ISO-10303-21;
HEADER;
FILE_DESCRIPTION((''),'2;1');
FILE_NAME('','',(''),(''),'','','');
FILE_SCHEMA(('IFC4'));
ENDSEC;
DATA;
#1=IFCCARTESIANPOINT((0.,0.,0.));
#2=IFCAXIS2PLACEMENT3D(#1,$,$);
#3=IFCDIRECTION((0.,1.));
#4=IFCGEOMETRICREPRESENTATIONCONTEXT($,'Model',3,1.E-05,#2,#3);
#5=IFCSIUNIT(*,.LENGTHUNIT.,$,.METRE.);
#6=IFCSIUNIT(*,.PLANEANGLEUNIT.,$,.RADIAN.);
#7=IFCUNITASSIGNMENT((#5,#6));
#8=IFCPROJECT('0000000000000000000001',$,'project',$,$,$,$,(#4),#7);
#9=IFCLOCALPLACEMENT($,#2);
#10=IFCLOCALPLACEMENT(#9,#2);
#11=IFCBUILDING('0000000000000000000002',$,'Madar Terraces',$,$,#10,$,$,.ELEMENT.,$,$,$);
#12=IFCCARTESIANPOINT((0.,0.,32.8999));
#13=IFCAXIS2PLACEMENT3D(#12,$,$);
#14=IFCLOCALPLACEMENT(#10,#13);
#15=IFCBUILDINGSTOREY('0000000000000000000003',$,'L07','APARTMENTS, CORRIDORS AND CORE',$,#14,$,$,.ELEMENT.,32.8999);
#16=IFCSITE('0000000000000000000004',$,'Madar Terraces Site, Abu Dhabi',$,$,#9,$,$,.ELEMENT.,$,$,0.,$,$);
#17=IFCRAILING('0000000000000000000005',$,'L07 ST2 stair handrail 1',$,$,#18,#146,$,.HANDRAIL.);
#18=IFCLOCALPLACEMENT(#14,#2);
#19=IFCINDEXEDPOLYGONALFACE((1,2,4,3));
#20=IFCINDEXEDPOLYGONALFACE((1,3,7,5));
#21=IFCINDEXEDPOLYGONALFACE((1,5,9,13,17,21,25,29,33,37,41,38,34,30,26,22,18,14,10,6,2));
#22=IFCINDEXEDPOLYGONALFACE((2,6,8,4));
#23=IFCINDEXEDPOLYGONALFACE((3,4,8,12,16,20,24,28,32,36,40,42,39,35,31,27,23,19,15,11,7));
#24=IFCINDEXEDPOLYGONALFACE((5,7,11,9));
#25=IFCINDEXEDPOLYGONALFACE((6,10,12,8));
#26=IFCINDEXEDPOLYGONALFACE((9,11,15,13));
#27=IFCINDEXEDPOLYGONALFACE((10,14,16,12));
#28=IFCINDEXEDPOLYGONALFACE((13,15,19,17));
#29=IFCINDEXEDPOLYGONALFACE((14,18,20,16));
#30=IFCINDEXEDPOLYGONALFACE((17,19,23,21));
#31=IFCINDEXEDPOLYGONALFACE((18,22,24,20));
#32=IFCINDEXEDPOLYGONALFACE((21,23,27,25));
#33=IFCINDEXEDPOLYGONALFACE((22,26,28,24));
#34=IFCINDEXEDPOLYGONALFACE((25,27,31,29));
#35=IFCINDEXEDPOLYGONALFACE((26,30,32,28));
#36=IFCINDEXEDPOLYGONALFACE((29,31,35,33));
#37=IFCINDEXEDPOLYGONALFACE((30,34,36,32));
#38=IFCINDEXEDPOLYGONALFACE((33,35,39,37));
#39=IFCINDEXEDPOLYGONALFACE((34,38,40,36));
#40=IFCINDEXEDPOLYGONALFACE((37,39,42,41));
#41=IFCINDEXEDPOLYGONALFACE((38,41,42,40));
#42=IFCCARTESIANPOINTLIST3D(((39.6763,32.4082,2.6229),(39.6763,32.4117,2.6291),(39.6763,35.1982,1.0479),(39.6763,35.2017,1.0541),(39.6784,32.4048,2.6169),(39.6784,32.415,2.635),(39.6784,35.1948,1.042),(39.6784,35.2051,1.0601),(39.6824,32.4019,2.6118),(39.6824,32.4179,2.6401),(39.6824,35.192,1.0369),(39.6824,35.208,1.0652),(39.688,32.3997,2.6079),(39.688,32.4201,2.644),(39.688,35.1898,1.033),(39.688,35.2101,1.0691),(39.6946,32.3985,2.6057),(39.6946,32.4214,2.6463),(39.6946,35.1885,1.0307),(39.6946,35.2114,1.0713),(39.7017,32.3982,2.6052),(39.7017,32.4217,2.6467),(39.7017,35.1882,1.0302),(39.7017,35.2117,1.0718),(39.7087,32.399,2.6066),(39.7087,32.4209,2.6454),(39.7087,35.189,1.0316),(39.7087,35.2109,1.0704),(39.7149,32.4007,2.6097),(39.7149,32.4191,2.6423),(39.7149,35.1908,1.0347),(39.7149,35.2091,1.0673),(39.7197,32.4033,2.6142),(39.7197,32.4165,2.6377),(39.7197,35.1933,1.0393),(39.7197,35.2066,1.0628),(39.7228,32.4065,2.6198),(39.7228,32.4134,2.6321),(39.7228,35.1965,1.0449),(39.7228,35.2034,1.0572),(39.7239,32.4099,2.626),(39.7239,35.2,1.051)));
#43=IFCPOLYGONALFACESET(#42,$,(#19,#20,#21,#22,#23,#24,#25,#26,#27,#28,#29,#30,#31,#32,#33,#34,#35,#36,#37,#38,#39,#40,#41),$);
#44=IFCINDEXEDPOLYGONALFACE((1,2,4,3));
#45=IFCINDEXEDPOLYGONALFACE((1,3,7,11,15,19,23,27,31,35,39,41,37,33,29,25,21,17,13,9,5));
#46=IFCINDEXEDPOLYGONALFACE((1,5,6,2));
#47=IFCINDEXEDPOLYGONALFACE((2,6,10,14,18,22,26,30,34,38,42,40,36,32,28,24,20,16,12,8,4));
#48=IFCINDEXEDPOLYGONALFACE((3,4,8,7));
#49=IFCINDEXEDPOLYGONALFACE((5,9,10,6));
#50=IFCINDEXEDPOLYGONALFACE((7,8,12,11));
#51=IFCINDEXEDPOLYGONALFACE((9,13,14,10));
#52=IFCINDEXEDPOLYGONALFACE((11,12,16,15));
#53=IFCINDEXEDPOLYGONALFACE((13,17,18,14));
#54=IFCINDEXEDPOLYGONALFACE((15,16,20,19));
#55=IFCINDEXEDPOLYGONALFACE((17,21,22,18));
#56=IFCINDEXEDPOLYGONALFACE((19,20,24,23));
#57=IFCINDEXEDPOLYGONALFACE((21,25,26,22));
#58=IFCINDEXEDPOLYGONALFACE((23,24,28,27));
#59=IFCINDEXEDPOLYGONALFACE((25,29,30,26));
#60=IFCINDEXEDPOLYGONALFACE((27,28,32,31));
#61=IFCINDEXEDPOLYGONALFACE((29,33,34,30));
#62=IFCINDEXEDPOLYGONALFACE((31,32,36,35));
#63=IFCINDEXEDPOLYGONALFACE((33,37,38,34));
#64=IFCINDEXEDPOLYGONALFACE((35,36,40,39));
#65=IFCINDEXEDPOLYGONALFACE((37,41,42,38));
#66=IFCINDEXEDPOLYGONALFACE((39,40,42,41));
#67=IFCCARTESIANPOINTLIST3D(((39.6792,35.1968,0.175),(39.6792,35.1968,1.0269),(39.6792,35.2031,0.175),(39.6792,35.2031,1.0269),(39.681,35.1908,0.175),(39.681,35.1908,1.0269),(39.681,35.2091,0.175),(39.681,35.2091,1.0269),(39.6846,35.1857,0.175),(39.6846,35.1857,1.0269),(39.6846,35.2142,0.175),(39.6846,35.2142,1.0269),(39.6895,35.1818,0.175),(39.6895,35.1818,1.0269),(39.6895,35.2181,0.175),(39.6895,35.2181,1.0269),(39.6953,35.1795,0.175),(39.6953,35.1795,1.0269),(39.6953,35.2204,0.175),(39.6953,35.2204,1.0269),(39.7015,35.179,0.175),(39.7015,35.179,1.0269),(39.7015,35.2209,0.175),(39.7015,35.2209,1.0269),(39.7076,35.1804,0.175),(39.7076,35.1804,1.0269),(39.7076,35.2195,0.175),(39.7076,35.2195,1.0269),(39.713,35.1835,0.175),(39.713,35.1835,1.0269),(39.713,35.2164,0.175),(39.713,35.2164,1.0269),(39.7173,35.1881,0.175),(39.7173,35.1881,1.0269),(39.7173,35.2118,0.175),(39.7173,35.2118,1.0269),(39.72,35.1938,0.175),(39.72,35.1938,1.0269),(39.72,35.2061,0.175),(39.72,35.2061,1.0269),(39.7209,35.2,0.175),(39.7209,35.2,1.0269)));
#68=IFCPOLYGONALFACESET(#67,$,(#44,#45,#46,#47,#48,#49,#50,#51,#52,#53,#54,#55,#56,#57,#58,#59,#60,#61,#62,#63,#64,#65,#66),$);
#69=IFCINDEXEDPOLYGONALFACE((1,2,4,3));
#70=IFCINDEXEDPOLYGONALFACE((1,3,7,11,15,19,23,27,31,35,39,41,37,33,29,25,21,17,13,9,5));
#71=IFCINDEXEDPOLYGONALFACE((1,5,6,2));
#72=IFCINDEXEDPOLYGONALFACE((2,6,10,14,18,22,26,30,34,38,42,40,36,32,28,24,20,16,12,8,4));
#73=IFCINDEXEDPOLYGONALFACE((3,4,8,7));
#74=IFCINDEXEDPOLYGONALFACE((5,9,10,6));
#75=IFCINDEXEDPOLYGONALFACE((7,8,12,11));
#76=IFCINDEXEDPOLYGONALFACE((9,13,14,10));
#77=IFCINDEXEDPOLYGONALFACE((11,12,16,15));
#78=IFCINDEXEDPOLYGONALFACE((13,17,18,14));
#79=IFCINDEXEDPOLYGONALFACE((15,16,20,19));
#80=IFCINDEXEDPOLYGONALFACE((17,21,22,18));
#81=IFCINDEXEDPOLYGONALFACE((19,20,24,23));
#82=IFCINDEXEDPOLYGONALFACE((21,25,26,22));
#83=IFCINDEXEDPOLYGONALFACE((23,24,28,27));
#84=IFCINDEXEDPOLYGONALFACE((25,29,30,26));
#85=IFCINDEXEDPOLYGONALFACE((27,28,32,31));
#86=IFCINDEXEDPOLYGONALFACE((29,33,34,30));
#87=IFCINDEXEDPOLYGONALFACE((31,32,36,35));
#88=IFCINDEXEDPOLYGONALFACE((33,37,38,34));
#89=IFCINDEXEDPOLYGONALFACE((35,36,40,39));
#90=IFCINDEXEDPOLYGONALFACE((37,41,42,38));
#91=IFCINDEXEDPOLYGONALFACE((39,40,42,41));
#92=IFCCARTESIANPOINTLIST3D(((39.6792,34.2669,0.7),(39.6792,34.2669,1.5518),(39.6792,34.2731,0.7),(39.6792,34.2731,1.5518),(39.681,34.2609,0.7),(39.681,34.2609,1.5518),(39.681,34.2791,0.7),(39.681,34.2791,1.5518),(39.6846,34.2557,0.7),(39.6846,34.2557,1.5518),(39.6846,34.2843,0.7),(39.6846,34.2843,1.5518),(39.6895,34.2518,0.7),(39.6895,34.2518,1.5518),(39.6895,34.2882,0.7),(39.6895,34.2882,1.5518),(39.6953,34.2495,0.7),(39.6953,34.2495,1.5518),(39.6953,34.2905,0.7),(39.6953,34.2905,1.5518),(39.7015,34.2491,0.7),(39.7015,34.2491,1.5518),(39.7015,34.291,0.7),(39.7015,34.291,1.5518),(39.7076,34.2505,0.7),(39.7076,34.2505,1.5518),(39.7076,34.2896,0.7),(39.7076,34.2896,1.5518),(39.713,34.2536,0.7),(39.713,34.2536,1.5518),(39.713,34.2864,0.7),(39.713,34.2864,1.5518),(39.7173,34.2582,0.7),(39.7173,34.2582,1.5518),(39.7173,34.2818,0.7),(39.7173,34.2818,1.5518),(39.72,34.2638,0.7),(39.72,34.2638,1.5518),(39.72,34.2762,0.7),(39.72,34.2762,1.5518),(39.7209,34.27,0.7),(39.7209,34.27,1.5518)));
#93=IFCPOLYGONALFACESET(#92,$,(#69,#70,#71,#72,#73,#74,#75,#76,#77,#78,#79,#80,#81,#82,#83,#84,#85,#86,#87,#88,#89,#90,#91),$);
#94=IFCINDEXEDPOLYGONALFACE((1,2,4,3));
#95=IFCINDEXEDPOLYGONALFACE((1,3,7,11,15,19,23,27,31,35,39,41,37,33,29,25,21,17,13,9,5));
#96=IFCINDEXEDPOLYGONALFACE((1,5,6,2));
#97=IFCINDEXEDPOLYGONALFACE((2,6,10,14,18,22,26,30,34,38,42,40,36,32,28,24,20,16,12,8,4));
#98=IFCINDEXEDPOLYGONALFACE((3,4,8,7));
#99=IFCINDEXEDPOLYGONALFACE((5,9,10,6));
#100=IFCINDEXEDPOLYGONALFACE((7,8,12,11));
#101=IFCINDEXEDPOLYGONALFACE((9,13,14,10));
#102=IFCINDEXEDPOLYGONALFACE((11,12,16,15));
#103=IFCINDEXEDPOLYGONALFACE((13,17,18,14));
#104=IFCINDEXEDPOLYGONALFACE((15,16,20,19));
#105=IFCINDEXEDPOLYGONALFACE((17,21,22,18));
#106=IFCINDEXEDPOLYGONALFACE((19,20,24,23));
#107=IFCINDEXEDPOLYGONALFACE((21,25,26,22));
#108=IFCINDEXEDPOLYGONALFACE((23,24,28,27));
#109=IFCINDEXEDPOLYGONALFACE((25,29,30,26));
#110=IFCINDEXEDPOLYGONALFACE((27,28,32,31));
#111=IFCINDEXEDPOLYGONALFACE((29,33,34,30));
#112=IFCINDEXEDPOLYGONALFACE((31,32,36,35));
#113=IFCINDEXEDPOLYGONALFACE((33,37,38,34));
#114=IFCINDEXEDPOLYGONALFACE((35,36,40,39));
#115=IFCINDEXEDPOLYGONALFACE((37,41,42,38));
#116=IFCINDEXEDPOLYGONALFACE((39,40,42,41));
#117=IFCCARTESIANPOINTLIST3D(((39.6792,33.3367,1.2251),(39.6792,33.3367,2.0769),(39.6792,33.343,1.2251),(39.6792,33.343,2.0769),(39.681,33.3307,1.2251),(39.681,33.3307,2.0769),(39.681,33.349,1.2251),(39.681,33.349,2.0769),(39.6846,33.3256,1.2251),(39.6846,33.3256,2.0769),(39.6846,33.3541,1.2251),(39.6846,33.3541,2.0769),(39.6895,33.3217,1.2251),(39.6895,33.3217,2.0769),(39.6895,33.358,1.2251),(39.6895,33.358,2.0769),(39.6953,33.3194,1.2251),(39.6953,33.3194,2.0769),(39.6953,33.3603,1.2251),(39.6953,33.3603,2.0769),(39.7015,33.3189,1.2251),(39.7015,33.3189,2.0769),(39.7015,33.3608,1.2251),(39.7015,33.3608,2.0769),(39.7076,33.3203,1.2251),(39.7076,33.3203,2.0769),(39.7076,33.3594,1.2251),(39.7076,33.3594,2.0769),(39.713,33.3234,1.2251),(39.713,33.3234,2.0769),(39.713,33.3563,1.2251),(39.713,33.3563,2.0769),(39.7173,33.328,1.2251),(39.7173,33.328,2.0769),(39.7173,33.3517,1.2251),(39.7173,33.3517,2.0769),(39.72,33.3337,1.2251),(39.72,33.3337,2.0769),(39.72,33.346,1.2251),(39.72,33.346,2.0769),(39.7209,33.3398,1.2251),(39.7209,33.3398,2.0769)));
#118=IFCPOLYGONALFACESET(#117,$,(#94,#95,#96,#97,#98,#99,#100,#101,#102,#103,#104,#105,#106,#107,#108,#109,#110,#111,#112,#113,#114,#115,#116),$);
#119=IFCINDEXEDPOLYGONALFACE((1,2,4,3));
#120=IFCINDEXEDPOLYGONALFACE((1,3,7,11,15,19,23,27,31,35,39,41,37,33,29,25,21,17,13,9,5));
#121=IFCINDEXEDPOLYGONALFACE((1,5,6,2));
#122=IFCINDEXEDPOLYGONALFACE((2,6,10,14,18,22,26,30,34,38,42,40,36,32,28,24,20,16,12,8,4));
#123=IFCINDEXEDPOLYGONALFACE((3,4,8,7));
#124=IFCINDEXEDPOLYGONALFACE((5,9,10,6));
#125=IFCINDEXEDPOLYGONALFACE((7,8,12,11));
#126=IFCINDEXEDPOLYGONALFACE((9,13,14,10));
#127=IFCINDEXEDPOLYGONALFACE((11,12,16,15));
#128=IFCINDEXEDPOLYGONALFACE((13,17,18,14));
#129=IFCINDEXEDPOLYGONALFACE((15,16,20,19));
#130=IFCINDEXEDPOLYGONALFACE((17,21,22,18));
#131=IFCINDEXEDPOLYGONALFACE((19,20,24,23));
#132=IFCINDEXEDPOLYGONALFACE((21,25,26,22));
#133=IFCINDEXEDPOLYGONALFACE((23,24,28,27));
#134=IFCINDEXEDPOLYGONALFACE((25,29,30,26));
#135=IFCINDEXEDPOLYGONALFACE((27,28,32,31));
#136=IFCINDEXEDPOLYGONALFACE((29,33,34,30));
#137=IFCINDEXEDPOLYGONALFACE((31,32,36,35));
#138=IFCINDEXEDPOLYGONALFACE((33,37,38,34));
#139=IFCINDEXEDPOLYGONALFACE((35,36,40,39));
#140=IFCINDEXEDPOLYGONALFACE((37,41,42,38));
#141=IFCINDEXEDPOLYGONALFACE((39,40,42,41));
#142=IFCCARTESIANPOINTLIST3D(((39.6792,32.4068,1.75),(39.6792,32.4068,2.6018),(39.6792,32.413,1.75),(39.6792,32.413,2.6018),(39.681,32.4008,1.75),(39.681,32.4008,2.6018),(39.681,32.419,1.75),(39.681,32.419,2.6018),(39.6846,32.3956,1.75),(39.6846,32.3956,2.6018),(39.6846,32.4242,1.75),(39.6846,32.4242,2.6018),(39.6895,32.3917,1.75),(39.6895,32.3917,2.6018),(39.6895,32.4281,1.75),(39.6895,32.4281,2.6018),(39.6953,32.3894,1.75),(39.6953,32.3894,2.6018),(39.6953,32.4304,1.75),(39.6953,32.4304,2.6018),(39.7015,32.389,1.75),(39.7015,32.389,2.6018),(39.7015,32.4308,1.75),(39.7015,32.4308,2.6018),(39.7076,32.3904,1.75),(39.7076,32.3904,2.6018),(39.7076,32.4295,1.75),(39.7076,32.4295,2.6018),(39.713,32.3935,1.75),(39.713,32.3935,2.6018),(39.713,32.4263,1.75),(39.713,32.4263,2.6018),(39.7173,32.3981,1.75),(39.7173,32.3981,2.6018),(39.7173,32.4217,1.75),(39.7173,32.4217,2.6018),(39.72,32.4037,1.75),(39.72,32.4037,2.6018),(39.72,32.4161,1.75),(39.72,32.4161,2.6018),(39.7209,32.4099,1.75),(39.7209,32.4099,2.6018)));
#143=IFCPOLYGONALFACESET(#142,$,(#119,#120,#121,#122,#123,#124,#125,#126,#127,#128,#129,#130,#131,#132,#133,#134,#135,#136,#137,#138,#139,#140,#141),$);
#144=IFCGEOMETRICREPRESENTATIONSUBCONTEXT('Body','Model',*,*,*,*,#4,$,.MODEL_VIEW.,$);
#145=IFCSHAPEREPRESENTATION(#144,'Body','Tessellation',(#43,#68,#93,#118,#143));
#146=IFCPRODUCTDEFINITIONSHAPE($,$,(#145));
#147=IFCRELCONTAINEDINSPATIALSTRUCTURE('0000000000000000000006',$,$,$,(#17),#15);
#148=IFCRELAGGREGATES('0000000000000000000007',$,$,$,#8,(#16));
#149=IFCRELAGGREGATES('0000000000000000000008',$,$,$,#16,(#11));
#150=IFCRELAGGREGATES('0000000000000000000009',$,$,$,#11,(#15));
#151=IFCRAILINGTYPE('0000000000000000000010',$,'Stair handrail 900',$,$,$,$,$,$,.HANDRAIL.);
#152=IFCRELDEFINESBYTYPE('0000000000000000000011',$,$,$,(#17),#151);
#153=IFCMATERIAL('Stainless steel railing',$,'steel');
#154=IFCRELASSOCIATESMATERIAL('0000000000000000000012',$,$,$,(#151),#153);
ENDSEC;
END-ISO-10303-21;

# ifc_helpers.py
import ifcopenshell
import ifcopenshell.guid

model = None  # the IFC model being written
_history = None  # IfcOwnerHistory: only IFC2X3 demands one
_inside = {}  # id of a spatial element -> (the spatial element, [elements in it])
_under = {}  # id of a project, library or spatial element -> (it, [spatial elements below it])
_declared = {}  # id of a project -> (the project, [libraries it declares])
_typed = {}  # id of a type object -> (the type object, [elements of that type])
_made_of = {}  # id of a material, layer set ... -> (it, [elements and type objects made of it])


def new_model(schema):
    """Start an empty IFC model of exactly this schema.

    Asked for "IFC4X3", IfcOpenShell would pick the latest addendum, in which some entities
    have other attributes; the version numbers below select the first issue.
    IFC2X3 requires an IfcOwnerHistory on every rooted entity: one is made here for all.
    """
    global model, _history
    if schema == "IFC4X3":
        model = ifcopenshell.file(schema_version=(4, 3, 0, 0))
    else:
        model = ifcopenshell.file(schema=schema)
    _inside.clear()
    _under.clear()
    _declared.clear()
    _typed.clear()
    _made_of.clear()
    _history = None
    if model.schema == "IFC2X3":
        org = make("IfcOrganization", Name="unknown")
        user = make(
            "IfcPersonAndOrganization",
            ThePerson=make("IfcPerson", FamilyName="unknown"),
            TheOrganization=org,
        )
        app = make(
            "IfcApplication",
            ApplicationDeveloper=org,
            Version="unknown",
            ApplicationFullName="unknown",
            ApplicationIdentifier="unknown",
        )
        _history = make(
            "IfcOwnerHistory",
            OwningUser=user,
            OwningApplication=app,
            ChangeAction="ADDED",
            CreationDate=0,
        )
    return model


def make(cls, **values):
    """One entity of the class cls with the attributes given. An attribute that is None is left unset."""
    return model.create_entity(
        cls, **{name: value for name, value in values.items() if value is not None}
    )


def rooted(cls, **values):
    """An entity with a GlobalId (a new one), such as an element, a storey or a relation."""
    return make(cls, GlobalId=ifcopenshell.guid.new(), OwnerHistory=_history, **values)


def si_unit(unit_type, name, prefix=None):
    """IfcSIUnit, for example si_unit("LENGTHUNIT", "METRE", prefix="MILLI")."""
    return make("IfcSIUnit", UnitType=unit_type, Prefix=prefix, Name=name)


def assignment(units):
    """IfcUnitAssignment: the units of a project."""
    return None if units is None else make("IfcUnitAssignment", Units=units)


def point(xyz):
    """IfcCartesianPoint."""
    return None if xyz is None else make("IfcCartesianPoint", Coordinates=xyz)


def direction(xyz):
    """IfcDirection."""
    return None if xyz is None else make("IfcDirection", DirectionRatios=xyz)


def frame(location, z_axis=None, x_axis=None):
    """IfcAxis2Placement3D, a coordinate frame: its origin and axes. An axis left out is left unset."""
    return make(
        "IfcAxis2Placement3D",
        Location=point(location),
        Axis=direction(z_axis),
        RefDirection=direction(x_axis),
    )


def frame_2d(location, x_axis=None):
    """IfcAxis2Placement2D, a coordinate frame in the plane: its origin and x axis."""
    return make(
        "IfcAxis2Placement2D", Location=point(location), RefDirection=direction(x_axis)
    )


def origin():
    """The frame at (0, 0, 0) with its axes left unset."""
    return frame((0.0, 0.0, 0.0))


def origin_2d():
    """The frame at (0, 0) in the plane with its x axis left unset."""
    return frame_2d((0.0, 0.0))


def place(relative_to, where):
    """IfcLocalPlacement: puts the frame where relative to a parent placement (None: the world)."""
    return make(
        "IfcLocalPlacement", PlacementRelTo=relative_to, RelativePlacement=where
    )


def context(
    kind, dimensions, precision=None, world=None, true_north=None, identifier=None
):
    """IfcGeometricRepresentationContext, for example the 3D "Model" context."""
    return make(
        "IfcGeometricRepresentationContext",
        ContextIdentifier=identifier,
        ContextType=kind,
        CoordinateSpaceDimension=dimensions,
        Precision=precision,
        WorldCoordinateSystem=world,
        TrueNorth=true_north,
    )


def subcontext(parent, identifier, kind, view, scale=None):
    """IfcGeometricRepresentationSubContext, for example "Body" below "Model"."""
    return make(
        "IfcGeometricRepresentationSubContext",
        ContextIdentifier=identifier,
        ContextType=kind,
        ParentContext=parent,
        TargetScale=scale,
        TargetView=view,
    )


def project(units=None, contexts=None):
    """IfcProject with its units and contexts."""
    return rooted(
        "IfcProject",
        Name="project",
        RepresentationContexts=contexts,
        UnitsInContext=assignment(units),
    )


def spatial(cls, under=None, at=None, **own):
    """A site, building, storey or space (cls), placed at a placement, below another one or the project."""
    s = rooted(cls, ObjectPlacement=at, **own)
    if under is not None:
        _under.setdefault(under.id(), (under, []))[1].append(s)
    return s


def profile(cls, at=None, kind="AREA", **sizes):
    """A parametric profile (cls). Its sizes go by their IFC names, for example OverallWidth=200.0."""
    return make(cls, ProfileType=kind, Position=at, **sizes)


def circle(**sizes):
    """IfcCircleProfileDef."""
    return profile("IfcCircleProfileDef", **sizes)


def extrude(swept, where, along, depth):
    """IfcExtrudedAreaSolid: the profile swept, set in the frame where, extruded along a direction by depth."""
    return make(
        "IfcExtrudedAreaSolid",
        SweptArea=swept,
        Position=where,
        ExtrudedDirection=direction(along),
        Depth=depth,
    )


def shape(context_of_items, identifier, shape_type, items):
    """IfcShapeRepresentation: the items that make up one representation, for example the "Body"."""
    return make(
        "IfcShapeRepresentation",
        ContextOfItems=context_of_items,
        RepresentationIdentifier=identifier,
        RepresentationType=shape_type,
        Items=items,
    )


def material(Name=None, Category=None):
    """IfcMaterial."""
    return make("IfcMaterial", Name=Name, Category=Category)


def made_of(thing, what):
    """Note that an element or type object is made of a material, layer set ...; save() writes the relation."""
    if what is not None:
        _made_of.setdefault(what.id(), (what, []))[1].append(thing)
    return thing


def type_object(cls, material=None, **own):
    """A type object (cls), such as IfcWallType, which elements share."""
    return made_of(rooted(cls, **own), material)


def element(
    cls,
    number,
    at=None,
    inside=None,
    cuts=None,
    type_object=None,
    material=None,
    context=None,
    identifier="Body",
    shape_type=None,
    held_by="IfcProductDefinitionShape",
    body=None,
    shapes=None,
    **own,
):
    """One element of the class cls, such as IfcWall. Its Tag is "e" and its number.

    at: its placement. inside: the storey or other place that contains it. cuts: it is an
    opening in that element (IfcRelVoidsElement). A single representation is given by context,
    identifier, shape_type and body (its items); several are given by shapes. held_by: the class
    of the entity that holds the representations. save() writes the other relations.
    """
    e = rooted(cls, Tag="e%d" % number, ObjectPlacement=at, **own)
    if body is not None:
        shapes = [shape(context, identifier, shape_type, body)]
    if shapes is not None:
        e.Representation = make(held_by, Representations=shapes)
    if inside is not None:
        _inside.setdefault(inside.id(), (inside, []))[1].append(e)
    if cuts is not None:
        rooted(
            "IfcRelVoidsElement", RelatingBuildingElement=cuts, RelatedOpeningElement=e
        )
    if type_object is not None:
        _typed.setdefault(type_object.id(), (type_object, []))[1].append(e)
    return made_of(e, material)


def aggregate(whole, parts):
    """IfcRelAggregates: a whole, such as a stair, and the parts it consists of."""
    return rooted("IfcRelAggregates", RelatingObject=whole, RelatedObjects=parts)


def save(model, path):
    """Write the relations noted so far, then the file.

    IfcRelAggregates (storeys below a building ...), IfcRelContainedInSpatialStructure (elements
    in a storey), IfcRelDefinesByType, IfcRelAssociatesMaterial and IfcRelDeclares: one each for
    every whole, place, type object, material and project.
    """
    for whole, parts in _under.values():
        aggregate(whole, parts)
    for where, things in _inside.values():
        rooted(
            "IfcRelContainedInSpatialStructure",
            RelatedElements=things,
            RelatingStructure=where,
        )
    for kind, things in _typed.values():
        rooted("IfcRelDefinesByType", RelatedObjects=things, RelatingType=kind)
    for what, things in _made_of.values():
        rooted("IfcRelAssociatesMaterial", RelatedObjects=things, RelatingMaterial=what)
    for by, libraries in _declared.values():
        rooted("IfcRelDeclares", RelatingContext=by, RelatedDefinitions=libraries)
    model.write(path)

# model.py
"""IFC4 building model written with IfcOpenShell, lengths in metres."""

from ifc_helpers import new_model, si_unit, direction, frame, origin, origin_2d, place, context, subcontext, project, spatial, circle, extrude, material, type_object, element, save


model = new_model("IFC4")

# Units and contexts
model_context = context("Model", 3, precision=1e-05, world=origin(), true_north=direction((0.0, 1.0)))
body_context = subcontext(model_context, "Body", "Model", "MODEL_VIEW")
ifc_project = project(units=[si_unit("LENGTHUNIT", "METRE"), si_unit("PLANEANGLEUNIT", "RADIAN")], contexts=[model_context])

# Site, building, storey
site_placement = place(None, origin())
site = spatial("IfcSite", under=ifc_project, at=site_placement, Name="Madar Terraces Site, Abu Dhabi", CompositionType="ELEMENT", RefElevation=0.0)
building_placement = place(site_placement, origin())
building = spatial("IfcBuilding", under=site, at=building_placement, Name="Madar Terraces", CompositionType="ELEMENT")
storey_placement = place(building_placement, frame((0.0, 0.0, 32.8999)))
storey = spatial("IfcBuildingStorey", under=building, at=storey_placement, Name="L07", Description="APARTMENTS, CORRIDORS AND CORE", CompositionType="ELEMENT", Elevation=32.8999)

# Railing
ifc_material_1 = material(Name="Stainless steel railing", Category="steel")
railing_type_1 = type_object("IfcRailingType", Name="Stair handrail 900", PredefinedType="HANDRAIL", material=ifc_material_1)
railing_1_placement = place(storey_placement, frame((39.7, 35.2, 0.175)))
element("IfcRailing", 1, at=railing_1_placement, inside=storey, type_object=railing_type_1, Name="L07 ST2 stair handrail 1", PredefinedType="HANDRAIL", context=body_context, shape_type="SweptSolid", body=[
    extrude(circle(Radius=0.0239, at=origin_2d()), frame((0.0, 0.0, 0.876), z_axis=(0.0, -0.870834, 0.491578), x_axis=(1.0, 0.0, 0.0)), (0.0, 0.0, 1.0), 3.2039),
    extrude(circle(Radius=0.021, at=origin_2d()), origin(), (0.0, 0.0, 1.0), 0.8518),
    extrude(circle(Radius=0.021, at=origin_2d()), frame((0.0, -0.9299, 0.5249)), (0.0, 0.0, 1.0), 0.8518),
    extrude(circle(Radius=0.021, at=origin_2d()), frame((0.0, -1.8601, 1.05)), (0.0, 0.0, 1.0), 0.8518),
    extrude(circle(Radius=0.021, at=origin_2d()), frame((0.0, -2.79, 1.575)), (0.0, 0.0, 1.0), 0.8518),
])

save(model, "model.ifc")
